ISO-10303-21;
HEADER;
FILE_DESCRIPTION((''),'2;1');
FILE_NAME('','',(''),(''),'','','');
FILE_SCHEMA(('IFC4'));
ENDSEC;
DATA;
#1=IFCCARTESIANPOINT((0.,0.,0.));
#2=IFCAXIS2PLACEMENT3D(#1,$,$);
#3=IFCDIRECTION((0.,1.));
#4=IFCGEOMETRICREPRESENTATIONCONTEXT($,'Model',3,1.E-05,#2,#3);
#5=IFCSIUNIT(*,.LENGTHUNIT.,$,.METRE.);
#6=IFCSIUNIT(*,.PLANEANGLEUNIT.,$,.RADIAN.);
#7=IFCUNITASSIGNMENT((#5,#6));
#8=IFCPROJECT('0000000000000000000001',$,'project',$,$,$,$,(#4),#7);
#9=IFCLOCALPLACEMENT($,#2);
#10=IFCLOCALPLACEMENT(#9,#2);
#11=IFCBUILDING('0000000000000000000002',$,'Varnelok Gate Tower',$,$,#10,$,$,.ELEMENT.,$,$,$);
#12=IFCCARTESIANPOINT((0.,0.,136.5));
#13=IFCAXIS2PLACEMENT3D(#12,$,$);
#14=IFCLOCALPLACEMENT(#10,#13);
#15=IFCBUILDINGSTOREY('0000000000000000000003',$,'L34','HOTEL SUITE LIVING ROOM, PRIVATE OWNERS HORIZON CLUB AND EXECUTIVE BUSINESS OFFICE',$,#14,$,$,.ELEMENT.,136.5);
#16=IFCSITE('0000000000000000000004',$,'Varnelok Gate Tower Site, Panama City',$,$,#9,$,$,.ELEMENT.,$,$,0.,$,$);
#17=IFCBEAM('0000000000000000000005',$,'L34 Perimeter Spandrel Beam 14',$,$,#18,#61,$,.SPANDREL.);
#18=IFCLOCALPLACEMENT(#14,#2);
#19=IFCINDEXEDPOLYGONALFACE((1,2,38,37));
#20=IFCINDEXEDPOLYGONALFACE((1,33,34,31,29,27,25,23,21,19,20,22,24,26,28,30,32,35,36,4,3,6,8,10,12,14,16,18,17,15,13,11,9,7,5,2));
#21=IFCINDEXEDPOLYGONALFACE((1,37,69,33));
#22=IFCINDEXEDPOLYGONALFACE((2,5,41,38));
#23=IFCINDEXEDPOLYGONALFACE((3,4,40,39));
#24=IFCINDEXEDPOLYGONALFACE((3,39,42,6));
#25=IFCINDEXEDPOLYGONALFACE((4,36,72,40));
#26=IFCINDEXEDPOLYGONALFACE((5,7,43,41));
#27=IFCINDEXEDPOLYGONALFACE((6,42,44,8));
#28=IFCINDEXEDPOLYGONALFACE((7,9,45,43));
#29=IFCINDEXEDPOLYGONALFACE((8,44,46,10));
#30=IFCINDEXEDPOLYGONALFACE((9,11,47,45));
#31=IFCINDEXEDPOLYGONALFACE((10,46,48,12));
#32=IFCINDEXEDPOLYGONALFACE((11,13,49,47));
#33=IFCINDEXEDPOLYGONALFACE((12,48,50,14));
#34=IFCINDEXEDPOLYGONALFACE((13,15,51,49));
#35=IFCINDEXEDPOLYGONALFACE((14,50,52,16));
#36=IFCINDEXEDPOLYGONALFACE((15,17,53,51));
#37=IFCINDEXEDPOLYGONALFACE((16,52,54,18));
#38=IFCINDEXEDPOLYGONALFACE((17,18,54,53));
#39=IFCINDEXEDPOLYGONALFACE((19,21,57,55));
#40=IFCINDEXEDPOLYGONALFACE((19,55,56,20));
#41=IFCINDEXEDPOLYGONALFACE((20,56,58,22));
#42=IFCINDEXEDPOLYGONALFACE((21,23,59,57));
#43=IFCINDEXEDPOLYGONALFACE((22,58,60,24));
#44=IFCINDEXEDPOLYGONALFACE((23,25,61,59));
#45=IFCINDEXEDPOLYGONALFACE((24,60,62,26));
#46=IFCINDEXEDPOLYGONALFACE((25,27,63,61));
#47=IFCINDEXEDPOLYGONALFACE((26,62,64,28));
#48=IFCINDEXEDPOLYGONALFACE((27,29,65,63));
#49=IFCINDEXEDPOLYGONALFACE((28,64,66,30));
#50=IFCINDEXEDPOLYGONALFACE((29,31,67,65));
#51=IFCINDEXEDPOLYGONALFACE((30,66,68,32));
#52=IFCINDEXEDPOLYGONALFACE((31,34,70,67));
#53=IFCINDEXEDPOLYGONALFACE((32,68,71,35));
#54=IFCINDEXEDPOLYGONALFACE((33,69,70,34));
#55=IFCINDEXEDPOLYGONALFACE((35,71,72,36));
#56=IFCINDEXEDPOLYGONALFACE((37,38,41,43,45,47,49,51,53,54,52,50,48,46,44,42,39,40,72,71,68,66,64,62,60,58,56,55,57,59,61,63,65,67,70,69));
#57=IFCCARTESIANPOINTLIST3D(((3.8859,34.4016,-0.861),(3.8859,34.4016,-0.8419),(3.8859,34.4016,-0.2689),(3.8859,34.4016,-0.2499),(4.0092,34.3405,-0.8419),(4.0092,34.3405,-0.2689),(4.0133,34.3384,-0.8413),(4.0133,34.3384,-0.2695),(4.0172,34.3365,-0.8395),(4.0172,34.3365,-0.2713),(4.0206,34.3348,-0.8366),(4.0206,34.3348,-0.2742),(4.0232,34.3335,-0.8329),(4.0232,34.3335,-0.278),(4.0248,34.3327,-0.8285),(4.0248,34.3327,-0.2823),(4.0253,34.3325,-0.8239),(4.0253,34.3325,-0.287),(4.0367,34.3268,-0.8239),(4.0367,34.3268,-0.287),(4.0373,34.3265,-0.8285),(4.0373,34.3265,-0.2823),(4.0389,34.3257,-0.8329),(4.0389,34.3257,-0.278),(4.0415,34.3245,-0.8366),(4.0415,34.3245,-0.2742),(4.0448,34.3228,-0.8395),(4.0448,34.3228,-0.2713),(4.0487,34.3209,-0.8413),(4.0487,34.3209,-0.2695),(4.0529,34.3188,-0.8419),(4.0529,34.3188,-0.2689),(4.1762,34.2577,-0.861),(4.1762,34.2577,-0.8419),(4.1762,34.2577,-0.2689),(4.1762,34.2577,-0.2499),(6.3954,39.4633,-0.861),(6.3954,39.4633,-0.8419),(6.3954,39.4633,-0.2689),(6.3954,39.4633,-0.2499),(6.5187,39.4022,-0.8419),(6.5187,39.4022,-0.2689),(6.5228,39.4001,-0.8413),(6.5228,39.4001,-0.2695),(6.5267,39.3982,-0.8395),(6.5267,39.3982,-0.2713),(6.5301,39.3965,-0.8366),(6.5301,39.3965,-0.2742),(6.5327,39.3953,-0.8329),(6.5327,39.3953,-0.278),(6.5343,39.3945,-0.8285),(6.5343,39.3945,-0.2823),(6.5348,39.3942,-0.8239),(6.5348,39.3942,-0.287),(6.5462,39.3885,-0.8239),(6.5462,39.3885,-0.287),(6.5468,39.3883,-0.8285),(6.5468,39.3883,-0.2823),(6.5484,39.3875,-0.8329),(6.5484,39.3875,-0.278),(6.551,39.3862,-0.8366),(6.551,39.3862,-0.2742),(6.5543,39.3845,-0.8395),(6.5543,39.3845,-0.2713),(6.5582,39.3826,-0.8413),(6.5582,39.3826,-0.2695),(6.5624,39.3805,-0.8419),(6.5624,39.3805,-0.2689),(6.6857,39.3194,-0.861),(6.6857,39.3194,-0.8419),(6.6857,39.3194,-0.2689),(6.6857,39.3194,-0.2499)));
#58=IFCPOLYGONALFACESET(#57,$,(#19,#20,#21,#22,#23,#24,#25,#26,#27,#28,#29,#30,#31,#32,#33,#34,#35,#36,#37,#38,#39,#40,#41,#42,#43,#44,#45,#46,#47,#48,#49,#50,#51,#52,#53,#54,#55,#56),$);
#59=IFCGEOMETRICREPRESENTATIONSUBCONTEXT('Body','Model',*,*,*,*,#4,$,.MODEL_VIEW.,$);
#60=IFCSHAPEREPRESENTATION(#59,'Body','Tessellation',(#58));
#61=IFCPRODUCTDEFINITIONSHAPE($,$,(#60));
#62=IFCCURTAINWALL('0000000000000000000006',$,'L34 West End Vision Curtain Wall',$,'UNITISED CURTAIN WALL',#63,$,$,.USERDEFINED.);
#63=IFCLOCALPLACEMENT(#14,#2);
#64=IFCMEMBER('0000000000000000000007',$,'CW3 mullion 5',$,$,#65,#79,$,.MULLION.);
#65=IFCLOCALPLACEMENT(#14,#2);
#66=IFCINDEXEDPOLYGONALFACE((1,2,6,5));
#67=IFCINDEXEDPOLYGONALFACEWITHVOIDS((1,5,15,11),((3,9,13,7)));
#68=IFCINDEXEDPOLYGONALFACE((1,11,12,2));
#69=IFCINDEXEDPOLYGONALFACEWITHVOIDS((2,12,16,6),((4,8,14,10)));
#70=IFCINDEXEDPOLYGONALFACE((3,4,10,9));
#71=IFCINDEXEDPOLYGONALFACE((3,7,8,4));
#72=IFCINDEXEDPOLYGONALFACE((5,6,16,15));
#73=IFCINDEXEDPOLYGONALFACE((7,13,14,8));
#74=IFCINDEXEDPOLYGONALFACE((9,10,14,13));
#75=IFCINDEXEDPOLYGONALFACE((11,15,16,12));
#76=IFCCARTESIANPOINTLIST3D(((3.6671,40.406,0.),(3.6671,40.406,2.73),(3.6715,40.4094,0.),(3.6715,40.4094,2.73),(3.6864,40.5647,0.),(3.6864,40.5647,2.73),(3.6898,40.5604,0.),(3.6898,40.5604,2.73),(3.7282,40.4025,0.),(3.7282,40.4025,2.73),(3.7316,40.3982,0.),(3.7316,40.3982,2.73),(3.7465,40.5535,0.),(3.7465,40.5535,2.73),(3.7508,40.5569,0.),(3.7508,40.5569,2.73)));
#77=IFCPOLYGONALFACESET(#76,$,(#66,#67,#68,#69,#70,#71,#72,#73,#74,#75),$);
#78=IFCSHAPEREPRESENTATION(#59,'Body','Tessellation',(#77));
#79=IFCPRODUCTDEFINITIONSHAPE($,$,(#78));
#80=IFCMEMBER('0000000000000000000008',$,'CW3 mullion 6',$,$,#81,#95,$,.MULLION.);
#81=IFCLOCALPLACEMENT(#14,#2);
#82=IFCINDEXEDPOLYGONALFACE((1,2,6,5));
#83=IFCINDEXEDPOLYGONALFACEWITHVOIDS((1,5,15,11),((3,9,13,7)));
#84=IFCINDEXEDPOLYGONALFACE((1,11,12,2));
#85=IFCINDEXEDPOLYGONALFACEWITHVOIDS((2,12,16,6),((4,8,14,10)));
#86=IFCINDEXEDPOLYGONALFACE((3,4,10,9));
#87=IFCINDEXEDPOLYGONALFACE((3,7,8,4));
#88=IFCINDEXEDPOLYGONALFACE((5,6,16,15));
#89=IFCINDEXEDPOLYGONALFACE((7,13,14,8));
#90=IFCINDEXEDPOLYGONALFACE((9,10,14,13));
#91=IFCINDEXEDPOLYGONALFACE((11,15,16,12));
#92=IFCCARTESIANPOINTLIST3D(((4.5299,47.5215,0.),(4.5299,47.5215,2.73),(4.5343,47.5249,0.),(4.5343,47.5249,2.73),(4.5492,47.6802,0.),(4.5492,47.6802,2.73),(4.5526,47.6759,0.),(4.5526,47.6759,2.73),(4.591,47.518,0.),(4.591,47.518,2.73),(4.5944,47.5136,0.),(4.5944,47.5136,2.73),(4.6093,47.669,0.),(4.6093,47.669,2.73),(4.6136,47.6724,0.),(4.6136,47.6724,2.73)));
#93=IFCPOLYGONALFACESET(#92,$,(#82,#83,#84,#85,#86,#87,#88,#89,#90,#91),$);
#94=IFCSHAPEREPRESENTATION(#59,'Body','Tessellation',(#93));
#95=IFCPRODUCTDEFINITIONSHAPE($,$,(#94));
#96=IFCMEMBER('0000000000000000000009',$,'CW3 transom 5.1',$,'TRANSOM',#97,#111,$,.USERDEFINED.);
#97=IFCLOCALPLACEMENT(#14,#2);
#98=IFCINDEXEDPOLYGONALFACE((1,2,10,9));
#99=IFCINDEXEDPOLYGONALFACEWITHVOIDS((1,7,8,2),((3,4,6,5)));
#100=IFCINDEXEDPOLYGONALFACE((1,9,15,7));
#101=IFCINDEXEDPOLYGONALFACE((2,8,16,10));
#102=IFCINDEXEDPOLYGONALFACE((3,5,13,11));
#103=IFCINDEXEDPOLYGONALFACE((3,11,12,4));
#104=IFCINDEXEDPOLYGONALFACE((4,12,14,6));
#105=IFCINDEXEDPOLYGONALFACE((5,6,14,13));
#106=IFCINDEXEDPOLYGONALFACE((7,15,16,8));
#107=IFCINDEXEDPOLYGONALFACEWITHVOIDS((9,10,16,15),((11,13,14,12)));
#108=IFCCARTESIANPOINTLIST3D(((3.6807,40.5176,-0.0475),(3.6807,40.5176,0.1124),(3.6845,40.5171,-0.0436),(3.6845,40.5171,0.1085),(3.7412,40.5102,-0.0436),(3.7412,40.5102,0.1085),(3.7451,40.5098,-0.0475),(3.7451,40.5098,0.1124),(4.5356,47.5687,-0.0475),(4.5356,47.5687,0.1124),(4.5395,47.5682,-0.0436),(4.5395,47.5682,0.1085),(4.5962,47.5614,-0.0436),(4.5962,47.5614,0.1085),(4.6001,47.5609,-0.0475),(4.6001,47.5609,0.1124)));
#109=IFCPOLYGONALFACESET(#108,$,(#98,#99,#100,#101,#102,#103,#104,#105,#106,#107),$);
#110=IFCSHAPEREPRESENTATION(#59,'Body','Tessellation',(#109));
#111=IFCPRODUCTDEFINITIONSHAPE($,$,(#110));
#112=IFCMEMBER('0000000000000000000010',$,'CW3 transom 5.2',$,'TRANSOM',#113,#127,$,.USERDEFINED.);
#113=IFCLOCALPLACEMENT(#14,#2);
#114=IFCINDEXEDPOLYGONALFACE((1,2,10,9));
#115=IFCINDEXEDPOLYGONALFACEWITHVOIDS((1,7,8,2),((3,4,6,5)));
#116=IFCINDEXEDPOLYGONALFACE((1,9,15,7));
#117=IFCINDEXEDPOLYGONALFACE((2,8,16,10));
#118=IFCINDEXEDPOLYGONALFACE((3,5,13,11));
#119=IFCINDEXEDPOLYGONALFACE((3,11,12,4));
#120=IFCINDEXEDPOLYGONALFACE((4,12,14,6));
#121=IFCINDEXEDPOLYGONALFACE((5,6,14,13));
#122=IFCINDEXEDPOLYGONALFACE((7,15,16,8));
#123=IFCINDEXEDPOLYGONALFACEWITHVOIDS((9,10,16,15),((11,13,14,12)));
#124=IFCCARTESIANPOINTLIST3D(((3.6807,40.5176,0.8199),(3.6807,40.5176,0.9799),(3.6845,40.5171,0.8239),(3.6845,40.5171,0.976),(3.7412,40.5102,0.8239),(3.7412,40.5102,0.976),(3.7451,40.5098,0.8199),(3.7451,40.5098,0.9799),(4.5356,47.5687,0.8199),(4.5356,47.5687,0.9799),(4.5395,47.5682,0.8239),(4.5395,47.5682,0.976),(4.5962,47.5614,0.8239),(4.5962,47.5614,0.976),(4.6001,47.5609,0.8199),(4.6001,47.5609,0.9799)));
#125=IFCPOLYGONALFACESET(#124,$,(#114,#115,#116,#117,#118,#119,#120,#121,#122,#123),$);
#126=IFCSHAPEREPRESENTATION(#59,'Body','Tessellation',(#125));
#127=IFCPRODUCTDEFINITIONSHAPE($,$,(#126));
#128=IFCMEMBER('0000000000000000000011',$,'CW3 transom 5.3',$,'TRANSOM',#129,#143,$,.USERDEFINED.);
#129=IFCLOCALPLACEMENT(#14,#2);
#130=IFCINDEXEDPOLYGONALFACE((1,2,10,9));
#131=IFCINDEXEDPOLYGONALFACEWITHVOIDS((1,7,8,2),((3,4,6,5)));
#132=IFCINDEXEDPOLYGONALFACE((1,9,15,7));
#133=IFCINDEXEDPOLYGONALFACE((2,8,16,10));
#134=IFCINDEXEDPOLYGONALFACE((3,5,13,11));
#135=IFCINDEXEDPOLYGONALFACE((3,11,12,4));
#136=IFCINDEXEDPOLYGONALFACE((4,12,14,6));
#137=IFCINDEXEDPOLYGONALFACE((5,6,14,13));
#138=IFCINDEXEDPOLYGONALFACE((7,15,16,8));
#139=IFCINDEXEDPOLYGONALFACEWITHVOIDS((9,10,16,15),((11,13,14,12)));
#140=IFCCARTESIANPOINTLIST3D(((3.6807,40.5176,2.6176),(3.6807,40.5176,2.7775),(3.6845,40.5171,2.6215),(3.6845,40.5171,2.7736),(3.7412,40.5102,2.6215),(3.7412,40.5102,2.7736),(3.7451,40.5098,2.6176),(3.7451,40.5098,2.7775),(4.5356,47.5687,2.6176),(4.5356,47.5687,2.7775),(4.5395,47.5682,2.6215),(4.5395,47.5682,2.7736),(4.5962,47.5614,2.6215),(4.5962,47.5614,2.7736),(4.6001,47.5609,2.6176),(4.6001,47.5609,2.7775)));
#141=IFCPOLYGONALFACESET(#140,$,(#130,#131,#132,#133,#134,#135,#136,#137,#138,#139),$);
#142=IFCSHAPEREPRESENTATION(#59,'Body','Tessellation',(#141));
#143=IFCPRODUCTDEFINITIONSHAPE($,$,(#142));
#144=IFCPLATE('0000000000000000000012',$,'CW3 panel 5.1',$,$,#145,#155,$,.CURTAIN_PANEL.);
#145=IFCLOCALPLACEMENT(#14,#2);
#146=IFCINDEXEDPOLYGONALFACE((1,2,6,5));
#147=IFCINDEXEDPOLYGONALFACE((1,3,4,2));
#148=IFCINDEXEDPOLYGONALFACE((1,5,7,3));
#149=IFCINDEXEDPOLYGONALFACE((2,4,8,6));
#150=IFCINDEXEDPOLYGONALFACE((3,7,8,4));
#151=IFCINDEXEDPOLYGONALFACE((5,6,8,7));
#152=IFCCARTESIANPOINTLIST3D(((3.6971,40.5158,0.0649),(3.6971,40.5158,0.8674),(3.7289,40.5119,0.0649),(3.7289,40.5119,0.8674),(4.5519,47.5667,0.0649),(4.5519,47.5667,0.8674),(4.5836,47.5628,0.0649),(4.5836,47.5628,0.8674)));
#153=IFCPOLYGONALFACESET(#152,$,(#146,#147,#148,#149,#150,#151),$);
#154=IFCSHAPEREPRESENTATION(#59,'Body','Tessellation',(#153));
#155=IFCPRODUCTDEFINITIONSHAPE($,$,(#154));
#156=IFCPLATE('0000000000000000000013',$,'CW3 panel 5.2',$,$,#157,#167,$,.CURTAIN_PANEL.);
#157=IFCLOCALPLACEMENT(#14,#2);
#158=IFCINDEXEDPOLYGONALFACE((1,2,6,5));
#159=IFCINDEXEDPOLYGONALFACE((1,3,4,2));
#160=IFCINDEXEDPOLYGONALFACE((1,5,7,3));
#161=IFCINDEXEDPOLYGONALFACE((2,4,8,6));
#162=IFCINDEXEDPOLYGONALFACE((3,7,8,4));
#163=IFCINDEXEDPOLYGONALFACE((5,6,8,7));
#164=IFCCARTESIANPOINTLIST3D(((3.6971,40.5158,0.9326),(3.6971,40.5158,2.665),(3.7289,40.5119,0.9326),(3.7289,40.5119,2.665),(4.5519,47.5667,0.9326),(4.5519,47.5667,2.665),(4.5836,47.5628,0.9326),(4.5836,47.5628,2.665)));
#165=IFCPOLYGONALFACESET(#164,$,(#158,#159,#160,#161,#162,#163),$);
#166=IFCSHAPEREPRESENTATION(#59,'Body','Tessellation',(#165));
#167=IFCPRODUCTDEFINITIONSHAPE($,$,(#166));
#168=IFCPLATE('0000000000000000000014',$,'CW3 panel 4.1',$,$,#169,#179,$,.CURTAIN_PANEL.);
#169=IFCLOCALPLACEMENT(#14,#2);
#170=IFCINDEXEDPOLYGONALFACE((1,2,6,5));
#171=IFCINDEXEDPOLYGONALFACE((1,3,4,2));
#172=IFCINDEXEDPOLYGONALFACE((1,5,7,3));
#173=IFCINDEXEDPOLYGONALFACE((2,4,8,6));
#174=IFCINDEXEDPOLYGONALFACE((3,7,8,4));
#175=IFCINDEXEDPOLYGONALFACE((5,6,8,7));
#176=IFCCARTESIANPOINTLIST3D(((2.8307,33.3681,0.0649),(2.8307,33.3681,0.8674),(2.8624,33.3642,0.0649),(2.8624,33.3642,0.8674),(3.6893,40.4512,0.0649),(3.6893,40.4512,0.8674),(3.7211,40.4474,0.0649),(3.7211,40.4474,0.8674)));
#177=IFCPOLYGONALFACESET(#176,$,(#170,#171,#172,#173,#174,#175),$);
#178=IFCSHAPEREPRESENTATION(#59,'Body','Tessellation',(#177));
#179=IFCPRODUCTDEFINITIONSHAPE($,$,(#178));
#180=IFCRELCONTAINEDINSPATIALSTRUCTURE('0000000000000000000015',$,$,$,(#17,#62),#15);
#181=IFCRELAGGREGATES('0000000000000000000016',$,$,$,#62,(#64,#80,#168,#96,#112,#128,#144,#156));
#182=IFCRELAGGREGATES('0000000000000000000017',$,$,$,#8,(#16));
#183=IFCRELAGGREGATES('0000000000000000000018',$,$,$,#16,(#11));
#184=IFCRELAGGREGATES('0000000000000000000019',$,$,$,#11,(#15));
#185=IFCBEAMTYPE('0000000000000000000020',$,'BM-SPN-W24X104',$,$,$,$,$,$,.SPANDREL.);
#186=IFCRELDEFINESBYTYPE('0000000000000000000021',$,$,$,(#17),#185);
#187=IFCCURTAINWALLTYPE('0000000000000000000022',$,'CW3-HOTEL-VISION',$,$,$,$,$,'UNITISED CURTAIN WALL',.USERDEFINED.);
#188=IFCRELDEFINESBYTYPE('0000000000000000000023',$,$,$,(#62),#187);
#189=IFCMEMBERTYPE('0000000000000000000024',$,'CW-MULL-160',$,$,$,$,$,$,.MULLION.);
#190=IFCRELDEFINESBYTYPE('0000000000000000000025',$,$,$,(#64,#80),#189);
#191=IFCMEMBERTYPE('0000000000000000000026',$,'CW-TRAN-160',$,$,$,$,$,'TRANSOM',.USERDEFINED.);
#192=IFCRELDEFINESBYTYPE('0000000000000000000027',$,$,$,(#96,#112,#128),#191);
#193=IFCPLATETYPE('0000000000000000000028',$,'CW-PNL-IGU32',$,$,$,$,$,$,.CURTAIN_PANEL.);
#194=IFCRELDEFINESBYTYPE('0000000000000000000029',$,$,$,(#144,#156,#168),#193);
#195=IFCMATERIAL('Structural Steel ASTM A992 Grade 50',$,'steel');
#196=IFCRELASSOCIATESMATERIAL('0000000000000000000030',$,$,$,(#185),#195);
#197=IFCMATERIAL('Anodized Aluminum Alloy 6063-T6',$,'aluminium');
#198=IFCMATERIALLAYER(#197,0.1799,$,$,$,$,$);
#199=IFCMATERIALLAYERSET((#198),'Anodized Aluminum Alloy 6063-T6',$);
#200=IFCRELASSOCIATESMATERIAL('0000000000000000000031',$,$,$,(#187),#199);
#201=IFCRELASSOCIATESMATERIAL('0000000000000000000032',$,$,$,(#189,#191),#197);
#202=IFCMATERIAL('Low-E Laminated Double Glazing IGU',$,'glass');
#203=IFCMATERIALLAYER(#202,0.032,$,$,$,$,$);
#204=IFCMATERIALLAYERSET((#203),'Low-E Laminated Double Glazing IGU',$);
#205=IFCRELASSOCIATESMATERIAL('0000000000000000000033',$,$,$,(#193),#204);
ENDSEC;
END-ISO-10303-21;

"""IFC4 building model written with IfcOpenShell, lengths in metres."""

from ifc_helpers import new_model, si_unit, direction, frame, origin, origin_2d, place, context, subcontext, project, spatial, rectangle, hollow_rectangle, i_section, extrude, source, transform, mapped, material, layer, layer_set, material_profile, profile_set, type_object, element, aggregate, save


model = new_model("IFC4")

# Units and contexts
model_context = context("Model", 3, precision=1e-05, world=origin(), true_north=direction((0.0, 1.0)))
body_context = subcontext(model_context, "Body", "Model", "MODEL_VIEW")
ifc_project = project(units=[si_unit("LENGTHUNIT", "METRE"), si_unit("PLANEANGLEUNIT", "RADIAN")], contexts=[model_context])

# Site, building, storey
site_placement = place(None, origin())
site = spatial("IfcSite", under=ifc_project, at=site_placement, Name="Varnelok Gate Tower Site, Panama City", CompositionType="ELEMENT", RefElevation=0.0)
building_placement = place(site_placement, origin())
building = spatial("IfcBuilding", under=site, at=building_placement, Name="Varnelok Gate Tower", CompositionType="ELEMENT")
storey_placement = place(building_placement, frame((0.0, 0.0, 136.5)))
storey = spatial("IfcBuildingStorey", under=building, at=storey_placement, Name="L34", Description="HOTEL SUITE LIVING ROOM, PRIVATE OWNERS HORIZON CLUB AND EXECUTIVE BUSINESS OFFICE", CompositionType="ELEMENT", Elevation=136.5)

# Shared definitions
ifc_material_1 = material(Name="Structural Steel ASTM A992 Grade 50", Category="steel")

# Beam
ifc_material_profile_1 = material_profile(ifc_material_1, i_section(OverallWidth=0.324, OverallDepth=0.6111, WebThickness=0.0127, FlangeThickness=0.019, FilletRadius=0.0181, at=origin_2d()), Name="W24X104")
ifc_profile_set_1 = profile_set([ifc_material_profile_1], Name="Structural Steel ASTM A992 Grade 50")
beam_type_1 = type_object("IfcBeamType", Name="BM-SPN-W24X104", PredefinedType="SPANDREL", material=ifc_profile_set_1)
beam_1_placement = place(storey_placement, frame((6.5405, 39.3914, -0.5554), z_axis=(-0.444186, -0.895935, 0.0), x_axis=(0.895935, -0.444186, 0.0)))
element("IfcBeam", 1, at=beam_1_placement, inside=storey, type_object=beam_type_1, Name="L34 Perimeter Spandrel Beam 14", PredefinedType="SPANDREL", context=body_context, shape_type="SweptSolid", body=[
    extrude(i_section(OverallWidth=0.324, OverallDepth=0.6111, WebThickness=0.0127, FlangeThickness=0.019, FilletRadius=0.0181, at=origin_2d()), origin(), (0.0, 0.0, 1.0), 5.6497),
])

# Curtain wall, members, plates
ifc_material_2 = material(Name="Anodized Aluminum Alloy 6063-T6", Category="aluminium")
ifc_layer_1 = layer(ifc_material_2, 0.1799)
ifc_layer_set_1 = layer_set([ifc_layer_1], Name="Anodized Aluminum Alloy 6063-T6")
curtain_wall_type = type_object("IfcCurtainWallType", Name="CW3-HOTEL-VISION", ElementType="UNITISED CURTAIN WALL", PredefinedType="USERDEFINED", material=ifc_layer_set_1)
curtain_wall_placement = place(storey_placement, origin())
curtain_wall = element("IfcCurtainWall", 2, at=curtain_wall_placement, inside=storey, type_object=curtain_wall_type, Name="L34 West End Vision Curtain Wall", ObjectType="UNITISED CURTAIN WALL", PredefinedType="USERDEFINED")
ifc_material_profile_2 = material_profile(ifc_material_2, hollow_rectangle(XDim=0.0649, YDim=0.1599, WallThickness=0.0039, at=origin_2d()), Name="ALU160X65X4")
ifc_profile_set_2 = profile_set([ifc_material_profile_2], Name="Anodized Aluminum Alloy 6063-T6")
member_type_1 = type_object("IfcMemberType", Name="CW-MULL-160", PredefinedType="MULLION", material=ifc_profile_set_2)
member_1_placement = place(storey_placement, frame((3.709, 40.4814, 0.0), z_axis=(0.0, 0.0, 1.0), x_axis=(-0.992732, 0.120347, 0.0)))
member_1 = element("IfcMember", 3, at=member_1_placement, type_object=member_type_1, Name="CW3 mullion 5", PredefinedType="MULLION", context=body_context, shape_type="SweptSolid", body=[
    extrude(hollow_rectangle(XDim=0.0649, YDim=0.1599, WallThickness=0.0039, at=origin_2d()), origin(), (0.0, 0.0, 1.0), 2.73),
])
member_2_placement = place(storey_placement, frame((4.5718, 47.5969, 0.0), z_axis=(0.0, 0.0, 1.0), x_axis=(-0.992732, 0.120347, 0.0)))
member_2 = element("IfcMember", 4, at=member_2_placement, type_object=member_type_1, Name="CW3 mullion 6", PredefinedType="MULLION", context=body_context, shape_type="SweptSolid", body=[
    extrude(hollow_rectangle(XDim=0.0649, YDim=0.1599, WallThickness=0.0039, at=origin_2d()), origin(), (0.0, 0.0, 1.0), 2.73),
])
ifc_material_profile_3 = material_profile(ifc_material_2, hollow_rectangle(XDim=0.0649, YDim=0.1599, WallThickness=0.0039, at=origin_2d()), Name="ALU160X65X4")
ifc_profile_set_3 = profile_set([ifc_material_profile_3], Name="Anodized Aluminum Alloy 6063-T6")
member_type_2 = type_object("IfcMemberType", Name="CW-TRAN-160", ElementType="TRANSOM", PredefinedType="USERDEFINED", material=ifc_profile_set_3)
member_3_placement = place(storey_placement, frame((3.7129, 40.5137, 0.0325), z_axis=(0.120374, 0.992729, 0.0), x_axis=(-0.992729, 0.120374, 0.0)))
member_3 = element("IfcMember", 5, at=member_3_placement, type_object=member_type_2, Name="CW3 transom 5.1", ObjectType="TRANSOM", PredefinedType="USERDEFINED", context=body_context, shape_type="SweptSolid", body=[
    extrude(hollow_rectangle(XDim=0.0649, YDim=0.1599, WallThickness=0.0039, at=origin_2d()), origin(), (0.0, 0.0, 1.0), 7.1028),
])
member_4_placement = place(storey_placement, frame((3.7129, 40.5137, 0.8999), z_axis=(0.120374, 0.992729, 0.0), x_axis=(-0.992729, 0.120374, 0.0)))
member_4 = element("IfcMember", 6, at=member_4_placement, type_object=member_type_2, Name="CW3 transom 5.2", ObjectType="TRANSOM", PredefinedType="USERDEFINED", context=body_context, shape_type="SweptSolid", body=[
    extrude(hollow_rectangle(XDim=0.0649, YDim=0.1599, WallThickness=0.0039, at=origin_2d()), origin(), (0.0, 0.0, 1.0), 7.1028),
])
member_5_placement = place(storey_placement, frame((3.7129, 40.5137, 2.6975), z_axis=(0.120374, 0.992729, 0.0), x_axis=(-0.992729, 0.120374, 0.0)))
member_5 = element("IfcMember", 7, at=member_5_placement, type_object=member_type_2, Name="CW3 transom 5.3", ObjectType="TRANSOM", PredefinedType="USERDEFINED", context=body_context, shape_type="SweptSolid", body=[
    extrude(hollow_rectangle(XDim=0.0649, YDim=0.1599, WallThickness=0.0039, at=origin_2d()), origin(), (0.0, 0.0, 1.0), 7.1028),
])
ifc_material_3 = material(Name="Low-E Laminated Double Glazing IGU", Category="glass")
ifc_layer_2 = layer(ifc_material_3, 0.032)
ifc_layer_set_2 = layer_set([ifc_layer_2], Name="Low-E Laminated Double Glazing IGU")
plate_type = type_object("IfcPlateType", Name="CW-PNL-IGU32", PredefinedType="CURTAIN_PANEL", material=ifc_layer_set_2)
shared_shape_1 = source(origin(), body_context, "Body", "SweptSolid", [
    extrude(rectangle(XDim=7.1025, YDim=0.032, at=origin_2d()), origin(), (0.0, 0.0, 1.0), 0.8025),
])
plate_1_placement = place(storey_placement, frame((4.1404, 44.0393, 0.0649), z_axis=(0.0, 0.0, 1.0), x_axis=(0.120347, 0.992732, 0.0)))
plate_1 = element("IfcPlate", 8, at=plate_1_placement, type_object=plate_type, Name="CW3 panel 5.1", PredefinedType="CURTAIN_PANEL", context=body_context, shape_type="MappedRepresentation", body=[
    mapped(shared_shape_1, transform((0.0, 0.0, 0.0), scale=1.0)),
])
shared_shape_2 = source(origin(), body_context, "Body", "SweptSolid", [
    extrude(rectangle(XDim=7.1025, YDim=0.032, at=origin_2d()), origin(), (0.0, 0.0, 1.0), 1.7324),
])
plate_2_placement = place(storey_placement, frame((4.1404, 44.0393, 0.9326), z_axis=(0.0, 0.0, 1.0), x_axis=(0.120347, 0.992732, 0.0)))
plate_2 = element("IfcPlate", 9, at=plate_2_placement, type_object=plate_type, Name="CW3 panel 5.2", PredefinedType="CURTAIN_PANEL", context=body_context, shape_type="MappedRepresentation", body=[
    mapped(shared_shape_2, transform((0.0, 0.0, 0.0), scale=1.0)),
])
shared_shape_3 = source(origin(), body_context, "Body", "SweptSolid", [
    extrude(rectangle(XDim=7.135, YDim=0.032, at=origin_2d()), origin(), (0.0, 0.0, 1.0), 0.8025),
])
plate_3_placement = place(storey_placement, frame((3.2759, 36.9077, 0.0649), z_axis=(0.0, 0.0, 1.0), x_axis=(0.120347, 0.992732, 0.0)))
plate_3 = element("IfcPlate", 10, at=plate_3_placement, type_object=plate_type, Name="CW3 panel 4.1", PredefinedType="CURTAIN_PANEL", context=body_context, shape_type="MappedRepresentation", body=[
    mapped(shared_shape_3, transform((0.0, 0.0, 0.0), scale=1.0)),
])
aggregate(curtain_wall, [member_1, member_2, plate_3, member_3, member_4, member_5, plate_1, plate_2])

save(model, "model.ifc")
